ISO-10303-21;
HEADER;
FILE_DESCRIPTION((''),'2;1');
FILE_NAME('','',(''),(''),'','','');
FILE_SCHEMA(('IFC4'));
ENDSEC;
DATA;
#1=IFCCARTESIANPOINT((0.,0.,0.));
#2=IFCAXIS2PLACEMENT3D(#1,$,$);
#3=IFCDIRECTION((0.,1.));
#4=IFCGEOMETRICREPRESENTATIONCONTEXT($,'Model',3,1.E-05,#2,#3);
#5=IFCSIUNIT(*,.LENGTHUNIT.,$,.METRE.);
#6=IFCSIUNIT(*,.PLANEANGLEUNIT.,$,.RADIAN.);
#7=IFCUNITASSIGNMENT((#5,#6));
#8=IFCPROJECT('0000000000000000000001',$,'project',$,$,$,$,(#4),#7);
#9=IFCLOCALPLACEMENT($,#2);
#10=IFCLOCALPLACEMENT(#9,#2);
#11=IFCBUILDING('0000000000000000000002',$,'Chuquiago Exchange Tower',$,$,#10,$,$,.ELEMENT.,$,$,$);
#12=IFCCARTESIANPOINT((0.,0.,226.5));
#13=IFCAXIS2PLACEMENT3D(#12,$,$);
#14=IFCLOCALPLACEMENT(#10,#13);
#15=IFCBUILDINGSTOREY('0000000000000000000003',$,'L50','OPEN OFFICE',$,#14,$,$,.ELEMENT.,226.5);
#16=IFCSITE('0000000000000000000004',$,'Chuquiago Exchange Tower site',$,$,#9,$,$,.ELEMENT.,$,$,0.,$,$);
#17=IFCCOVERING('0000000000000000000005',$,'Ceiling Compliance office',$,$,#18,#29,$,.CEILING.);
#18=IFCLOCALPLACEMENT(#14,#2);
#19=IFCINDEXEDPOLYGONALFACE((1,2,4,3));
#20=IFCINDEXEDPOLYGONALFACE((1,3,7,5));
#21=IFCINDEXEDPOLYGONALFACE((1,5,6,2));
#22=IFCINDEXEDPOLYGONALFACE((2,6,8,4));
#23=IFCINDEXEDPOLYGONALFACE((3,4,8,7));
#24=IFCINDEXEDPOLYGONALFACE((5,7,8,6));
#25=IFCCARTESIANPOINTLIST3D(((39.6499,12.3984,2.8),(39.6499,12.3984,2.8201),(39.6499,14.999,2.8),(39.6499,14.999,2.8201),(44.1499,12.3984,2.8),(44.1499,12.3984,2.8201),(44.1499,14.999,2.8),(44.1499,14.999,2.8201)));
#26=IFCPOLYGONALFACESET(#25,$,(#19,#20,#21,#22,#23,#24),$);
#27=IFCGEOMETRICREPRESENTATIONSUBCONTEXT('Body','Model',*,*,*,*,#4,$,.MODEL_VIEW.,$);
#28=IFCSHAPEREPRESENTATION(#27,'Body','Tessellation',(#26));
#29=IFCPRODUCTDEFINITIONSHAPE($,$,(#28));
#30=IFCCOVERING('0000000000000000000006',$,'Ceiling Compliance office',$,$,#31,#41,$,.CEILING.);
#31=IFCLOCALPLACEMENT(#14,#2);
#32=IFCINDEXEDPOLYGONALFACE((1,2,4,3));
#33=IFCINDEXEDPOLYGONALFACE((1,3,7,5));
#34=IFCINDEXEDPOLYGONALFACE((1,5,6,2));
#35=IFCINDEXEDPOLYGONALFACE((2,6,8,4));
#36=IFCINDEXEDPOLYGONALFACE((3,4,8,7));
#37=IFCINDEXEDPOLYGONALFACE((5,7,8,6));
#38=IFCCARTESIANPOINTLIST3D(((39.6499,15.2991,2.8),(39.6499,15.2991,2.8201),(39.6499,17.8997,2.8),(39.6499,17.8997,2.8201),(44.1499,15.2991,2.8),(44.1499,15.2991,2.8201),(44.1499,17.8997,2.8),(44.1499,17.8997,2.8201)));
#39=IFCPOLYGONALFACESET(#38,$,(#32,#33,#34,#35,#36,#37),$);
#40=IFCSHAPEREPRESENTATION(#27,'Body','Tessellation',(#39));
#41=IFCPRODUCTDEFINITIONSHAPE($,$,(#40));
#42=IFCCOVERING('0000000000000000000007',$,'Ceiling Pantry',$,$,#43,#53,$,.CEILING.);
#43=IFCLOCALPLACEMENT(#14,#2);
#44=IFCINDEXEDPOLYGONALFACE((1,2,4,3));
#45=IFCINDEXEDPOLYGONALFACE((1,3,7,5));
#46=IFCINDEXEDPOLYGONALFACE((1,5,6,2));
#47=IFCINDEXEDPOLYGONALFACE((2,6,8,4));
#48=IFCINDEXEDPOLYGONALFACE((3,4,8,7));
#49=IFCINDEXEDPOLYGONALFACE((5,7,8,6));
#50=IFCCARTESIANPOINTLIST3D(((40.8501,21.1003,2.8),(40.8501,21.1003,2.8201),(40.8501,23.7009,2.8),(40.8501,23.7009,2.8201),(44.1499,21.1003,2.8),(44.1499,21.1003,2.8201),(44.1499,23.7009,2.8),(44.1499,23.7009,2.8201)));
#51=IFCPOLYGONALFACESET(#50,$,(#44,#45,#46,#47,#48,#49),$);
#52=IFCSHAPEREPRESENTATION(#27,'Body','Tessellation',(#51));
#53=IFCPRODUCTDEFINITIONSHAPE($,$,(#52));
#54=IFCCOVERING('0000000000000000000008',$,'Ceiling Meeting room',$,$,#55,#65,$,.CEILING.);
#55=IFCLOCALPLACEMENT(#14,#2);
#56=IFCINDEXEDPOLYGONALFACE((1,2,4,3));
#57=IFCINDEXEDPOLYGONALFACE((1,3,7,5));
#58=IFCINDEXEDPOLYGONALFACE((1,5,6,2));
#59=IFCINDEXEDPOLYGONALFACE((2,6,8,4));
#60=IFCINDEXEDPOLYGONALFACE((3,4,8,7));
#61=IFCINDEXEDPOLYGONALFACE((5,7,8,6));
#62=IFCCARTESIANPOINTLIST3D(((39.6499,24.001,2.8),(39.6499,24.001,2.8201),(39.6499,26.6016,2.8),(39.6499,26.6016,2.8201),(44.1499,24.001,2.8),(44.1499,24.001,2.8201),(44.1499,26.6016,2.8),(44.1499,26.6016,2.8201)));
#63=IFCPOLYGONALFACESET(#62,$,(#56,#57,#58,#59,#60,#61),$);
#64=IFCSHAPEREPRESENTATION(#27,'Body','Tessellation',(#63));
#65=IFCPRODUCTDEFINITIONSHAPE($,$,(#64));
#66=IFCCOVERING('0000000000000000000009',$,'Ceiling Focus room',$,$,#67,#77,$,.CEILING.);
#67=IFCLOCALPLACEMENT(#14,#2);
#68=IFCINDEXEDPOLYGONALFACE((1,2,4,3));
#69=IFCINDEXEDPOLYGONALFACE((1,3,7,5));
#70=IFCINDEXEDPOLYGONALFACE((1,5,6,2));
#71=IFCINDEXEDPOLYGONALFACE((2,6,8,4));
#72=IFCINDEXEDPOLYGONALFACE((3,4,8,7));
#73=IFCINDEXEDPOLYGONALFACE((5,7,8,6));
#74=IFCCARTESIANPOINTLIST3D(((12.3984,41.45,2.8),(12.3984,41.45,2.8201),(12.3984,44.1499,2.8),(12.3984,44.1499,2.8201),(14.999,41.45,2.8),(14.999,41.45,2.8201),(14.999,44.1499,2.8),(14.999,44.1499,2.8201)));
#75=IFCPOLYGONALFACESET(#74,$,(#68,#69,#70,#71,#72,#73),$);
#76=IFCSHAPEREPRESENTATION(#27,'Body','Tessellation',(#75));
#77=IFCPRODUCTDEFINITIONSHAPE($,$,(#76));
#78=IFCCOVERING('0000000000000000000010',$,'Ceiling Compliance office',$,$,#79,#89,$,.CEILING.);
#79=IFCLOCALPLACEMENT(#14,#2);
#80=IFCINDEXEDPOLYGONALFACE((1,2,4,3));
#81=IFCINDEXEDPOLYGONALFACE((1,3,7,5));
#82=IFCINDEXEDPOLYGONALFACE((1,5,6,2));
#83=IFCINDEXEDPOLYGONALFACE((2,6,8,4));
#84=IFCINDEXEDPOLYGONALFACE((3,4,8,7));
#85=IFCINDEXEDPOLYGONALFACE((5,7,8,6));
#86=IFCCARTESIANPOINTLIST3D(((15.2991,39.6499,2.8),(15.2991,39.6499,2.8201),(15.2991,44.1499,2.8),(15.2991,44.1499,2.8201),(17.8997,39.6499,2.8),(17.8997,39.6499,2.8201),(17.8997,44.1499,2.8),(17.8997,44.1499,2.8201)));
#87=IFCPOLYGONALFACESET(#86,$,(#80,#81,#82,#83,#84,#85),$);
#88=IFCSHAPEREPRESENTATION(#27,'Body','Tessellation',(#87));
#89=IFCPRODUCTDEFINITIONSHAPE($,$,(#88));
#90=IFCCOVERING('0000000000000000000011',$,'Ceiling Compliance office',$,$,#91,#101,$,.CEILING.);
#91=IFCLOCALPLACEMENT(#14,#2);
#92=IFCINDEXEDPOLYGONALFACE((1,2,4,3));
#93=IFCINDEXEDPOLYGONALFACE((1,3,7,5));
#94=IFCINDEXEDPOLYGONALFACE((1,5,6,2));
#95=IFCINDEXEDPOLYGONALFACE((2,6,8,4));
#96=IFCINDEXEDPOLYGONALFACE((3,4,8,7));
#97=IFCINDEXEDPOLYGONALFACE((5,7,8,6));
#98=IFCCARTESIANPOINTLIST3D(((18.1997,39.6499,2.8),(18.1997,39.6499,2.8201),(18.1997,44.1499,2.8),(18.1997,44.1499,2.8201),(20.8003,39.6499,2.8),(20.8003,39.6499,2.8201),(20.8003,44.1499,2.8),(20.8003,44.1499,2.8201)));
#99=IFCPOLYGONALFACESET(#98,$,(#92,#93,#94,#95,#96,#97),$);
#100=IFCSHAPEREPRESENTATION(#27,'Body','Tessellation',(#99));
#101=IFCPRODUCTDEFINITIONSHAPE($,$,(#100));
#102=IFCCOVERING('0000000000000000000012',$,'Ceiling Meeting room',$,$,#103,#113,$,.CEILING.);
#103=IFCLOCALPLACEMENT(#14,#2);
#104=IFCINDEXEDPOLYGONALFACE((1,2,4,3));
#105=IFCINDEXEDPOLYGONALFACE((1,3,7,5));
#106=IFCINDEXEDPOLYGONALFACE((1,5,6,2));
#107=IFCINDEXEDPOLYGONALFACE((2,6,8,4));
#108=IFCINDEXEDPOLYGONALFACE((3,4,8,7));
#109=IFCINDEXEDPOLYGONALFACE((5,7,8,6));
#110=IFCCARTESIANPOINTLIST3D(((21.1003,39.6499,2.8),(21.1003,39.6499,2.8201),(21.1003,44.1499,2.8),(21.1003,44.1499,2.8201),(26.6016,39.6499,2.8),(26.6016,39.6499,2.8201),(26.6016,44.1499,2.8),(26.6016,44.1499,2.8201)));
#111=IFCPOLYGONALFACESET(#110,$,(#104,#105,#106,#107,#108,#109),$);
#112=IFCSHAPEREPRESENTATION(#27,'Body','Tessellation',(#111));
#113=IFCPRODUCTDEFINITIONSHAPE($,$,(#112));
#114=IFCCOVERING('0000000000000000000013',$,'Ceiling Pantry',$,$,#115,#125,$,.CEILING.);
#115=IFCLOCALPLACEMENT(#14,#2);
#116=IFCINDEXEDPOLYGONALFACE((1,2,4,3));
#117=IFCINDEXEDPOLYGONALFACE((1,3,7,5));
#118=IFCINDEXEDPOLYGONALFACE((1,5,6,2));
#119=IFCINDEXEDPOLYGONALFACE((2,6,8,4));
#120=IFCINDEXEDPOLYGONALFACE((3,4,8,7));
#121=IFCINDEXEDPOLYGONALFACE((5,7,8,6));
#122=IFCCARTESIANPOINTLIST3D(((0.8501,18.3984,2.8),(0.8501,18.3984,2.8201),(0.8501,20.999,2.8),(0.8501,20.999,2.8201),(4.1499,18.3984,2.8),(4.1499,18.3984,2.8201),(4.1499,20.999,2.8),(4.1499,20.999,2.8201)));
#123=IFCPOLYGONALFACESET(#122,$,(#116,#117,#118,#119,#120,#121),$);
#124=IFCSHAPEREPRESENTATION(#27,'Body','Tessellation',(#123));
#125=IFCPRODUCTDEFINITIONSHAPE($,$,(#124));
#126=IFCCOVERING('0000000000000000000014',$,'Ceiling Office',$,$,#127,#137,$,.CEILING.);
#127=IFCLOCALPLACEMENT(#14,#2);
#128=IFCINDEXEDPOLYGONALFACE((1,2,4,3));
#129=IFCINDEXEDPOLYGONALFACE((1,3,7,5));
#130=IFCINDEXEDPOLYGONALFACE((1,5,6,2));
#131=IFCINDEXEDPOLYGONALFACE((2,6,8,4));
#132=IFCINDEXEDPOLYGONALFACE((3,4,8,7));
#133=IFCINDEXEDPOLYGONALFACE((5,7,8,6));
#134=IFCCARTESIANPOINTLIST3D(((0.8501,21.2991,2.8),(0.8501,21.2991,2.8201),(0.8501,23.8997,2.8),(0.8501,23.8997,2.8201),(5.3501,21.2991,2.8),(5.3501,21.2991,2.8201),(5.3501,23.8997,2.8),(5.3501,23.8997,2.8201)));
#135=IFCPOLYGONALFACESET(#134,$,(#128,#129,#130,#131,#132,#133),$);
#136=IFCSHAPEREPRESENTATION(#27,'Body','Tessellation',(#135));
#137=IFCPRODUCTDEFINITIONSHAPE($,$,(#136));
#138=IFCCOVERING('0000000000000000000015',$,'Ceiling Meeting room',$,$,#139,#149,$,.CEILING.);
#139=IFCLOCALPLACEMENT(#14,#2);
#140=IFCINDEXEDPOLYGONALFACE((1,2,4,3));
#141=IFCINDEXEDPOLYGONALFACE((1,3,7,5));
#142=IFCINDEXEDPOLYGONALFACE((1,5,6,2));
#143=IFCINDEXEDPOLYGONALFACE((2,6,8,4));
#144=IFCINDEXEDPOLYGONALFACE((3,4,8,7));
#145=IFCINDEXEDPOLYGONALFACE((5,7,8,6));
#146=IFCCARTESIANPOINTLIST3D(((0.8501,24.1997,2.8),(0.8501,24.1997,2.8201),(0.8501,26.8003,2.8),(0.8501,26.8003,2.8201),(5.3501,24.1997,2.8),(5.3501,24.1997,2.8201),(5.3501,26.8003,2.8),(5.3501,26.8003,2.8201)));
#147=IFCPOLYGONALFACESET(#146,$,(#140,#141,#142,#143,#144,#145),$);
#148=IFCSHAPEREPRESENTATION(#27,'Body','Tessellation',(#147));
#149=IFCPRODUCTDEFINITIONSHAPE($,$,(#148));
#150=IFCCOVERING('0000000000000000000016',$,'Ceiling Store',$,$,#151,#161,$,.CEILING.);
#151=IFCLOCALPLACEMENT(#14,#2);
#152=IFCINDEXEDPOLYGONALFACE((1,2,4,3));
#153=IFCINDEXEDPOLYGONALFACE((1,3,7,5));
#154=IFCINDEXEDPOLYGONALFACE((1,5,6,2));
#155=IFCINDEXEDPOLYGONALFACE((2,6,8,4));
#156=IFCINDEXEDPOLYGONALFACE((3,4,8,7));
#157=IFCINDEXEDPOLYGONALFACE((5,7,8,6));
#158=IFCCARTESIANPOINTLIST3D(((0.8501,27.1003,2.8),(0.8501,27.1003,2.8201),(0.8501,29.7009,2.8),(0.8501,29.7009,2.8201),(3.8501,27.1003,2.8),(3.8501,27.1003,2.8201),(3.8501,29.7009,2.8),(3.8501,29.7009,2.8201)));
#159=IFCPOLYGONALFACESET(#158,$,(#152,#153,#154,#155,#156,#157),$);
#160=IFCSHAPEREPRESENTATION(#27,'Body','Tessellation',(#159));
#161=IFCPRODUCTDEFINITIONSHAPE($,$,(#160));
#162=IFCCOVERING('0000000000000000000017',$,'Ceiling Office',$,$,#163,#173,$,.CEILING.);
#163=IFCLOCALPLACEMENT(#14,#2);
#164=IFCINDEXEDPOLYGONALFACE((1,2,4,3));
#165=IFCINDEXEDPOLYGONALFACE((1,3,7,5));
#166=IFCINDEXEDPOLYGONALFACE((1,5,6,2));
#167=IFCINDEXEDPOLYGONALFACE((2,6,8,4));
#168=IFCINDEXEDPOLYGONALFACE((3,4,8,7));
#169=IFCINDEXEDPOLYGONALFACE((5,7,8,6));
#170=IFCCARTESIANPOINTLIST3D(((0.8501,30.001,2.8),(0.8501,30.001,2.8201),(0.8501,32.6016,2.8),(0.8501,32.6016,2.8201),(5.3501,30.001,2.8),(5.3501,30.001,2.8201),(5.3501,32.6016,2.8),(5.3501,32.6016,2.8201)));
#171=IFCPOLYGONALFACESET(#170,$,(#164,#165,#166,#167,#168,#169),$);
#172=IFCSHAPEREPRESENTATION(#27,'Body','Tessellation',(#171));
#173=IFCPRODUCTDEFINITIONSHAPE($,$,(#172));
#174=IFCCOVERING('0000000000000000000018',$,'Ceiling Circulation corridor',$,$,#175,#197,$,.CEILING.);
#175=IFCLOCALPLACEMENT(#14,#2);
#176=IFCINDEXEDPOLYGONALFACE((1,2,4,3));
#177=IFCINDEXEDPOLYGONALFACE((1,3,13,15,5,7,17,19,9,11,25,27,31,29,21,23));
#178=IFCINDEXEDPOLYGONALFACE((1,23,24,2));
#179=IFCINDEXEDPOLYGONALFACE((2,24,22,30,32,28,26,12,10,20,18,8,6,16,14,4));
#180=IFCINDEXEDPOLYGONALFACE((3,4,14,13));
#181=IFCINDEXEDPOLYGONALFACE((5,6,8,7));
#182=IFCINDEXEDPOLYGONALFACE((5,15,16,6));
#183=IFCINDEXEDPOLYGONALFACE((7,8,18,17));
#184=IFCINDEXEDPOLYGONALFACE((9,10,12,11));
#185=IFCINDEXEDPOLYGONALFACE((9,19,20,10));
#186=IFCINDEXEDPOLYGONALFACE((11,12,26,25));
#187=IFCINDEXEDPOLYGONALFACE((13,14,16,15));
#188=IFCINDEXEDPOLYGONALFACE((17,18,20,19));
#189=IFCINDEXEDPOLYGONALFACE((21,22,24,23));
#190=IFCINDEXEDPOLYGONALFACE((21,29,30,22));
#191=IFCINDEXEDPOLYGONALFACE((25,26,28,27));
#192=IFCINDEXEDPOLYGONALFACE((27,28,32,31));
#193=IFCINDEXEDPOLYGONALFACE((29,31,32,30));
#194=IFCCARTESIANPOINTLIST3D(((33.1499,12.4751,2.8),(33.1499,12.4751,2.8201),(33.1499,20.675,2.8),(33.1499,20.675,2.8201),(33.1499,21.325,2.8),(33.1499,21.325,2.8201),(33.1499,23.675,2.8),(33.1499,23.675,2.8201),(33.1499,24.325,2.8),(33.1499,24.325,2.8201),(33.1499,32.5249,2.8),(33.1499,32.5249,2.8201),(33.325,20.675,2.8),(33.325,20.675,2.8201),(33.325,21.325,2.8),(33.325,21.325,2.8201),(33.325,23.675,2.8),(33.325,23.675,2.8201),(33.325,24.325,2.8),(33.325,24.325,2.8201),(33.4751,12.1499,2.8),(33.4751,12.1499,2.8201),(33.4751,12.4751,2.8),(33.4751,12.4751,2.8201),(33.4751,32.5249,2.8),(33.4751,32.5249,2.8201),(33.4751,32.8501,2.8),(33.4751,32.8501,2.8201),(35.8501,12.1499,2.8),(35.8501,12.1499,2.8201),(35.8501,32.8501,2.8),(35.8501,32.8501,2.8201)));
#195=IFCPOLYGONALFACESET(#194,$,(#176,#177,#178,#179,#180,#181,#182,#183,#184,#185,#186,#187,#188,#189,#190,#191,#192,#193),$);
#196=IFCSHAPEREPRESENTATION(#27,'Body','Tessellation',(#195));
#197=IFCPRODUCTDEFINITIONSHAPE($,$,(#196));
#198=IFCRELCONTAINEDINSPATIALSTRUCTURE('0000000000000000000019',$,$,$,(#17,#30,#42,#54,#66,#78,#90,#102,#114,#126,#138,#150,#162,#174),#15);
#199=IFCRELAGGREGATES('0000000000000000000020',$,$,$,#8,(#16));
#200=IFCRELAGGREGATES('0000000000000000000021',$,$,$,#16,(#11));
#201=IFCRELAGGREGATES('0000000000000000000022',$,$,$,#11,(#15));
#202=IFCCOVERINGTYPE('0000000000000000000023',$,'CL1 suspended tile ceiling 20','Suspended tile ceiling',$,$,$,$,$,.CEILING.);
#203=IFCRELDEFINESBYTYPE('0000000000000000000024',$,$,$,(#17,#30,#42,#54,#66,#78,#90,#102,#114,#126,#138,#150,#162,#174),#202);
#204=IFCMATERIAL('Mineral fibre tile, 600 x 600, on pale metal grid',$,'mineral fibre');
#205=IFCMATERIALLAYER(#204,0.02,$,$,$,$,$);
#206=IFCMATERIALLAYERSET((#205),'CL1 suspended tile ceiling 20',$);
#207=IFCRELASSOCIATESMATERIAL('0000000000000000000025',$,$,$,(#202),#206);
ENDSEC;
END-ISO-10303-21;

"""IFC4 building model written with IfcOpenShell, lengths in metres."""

from ifc_helpers import new_model, si_unit, direction, frame, origin, place, context, subcontext, project, spatial, polyline, outline, extrude, material, layer, layer_set, type_object, element, save


model = new_model("IFC4")

# Units and contexts
model_context = context("Model", 3, precision=1e-05, world=origin(), true_north=direction((0.0, 1.0)))
body_context = subcontext(model_context, "Body", "Model", "MODEL_VIEW")
ifc_project = project(units=[si_unit("LENGTHUNIT", "METRE"), si_unit("PLANEANGLEUNIT", "RADIAN")], contexts=[model_context])

# Site, building, storey
site_placement = place(None, origin())
site = spatial("IfcSite", under=ifc_project, at=site_placement, Name="Chuquiago Exchange Tower site", CompositionType="ELEMENT", RefElevation=0.0)
building_placement = place(site_placement, origin())
building = spatial("IfcBuilding", under=site, at=building_placement, Name="Chuquiago Exchange Tower", CompositionType="ELEMENT")
storey_placement = place(building_placement, frame((0.0, 0.0, 226.5)))
storey = spatial("IfcBuildingStorey", under=building, at=storey_placement, Name="L50", Description="OPEN OFFICE", CompositionType="ELEMENT", Elevation=226.5)

# Coverings
ifc_material_1 = material(Name="Mineral fibre tile, 600 x 600, on pale metal grid", Category="mineral fibre")
ifc_layer_1 = layer(ifc_material_1, 0.02)
ifc_layer_set_1 = layer_set([ifc_layer_1], Name="CL1 suspended tile ceiling 20")
covering_type_1 = type_object("IfcCoveringType", Name="CL1 suspended tile ceiling 20", Description="Suspended tile ceiling", PredefinedType="CEILING", material=ifc_layer_set_1)
covering_1_placement = place(storey_placement, frame((0.0, 0.0, 2.8)))
element("IfcCovering", 1, at=covering_1_placement, inside=storey, type_object=covering_type_1, Name="Ceiling Compliance office", PredefinedType="CEILING", context=body_context, shape_type="SweptSolid", body=[
    extrude(outline(polyline([(39.6499, 12.3984), (39.6499, 14.999), (44.1499, 14.999), (44.1499, 12.3984), (39.6499, 12.3984)])), origin(), (0.0, 0.0, 1.0), 0.02),
])
covering_2_placement = place(storey_placement, frame((0.0, 0.0, 2.8)))
element("IfcCovering", 2, at=covering_2_placement, inside=storey, type_object=covering_type_1, Name="Ceiling Compliance office", PredefinedType="CEILING", context=body_context, shape_type="SweptSolid", body=[
    extrude(outline(polyline([(39.6499, 15.2991), (39.6499, 17.8997), (44.1499, 17.8997), (44.1499, 15.2991), (39.6499, 15.2991)])), origin(), (0.0, 0.0, 1.0), 0.02),
])
covering_3_placement = place(storey_placement, frame((0.0, 0.0, 2.8)))
element("IfcCovering", 3, at=covering_3_placement, inside=storey, type_object=covering_type_1, Name="Ceiling Pantry", PredefinedType="CEILING", context=body_context, shape_type="SweptSolid", body=[
    extrude(outline(polyline([(40.8501, 21.1003), (40.8501, 23.7009), (44.1499, 23.7009), (44.1499, 21.1003), (40.8501, 21.1003)])), origin(), (0.0, 0.0, 1.0), 0.02),
])
covering_4_placement = place(storey_placement, frame((0.0, 0.0, 2.8)))
element("IfcCovering", 4, at=covering_4_placement, inside=storey, type_object=covering_type_1, Name="Ceiling Meeting room", PredefinedType="CEILING", context=body_context, shape_type="SweptSolid", body=[
    extrude(outline(polyline([(44.1499, 24.001), (39.6499, 24.001), (39.6499, 26.6016), (44.1499, 26.6016), (44.1499, 24.001)])), origin(), (0.0, 0.0, 1.0), 0.02),
])
covering_5_placement = place(storey_placement, frame((0.0, 0.0, 2.8)))
element("IfcCovering", 5, at=covering_5_placement, inside=storey, type_object=covering_type_1, Name="Ceiling Focus room", PredefinedType="CEILING", context=body_context, shape_type="SweptSolid", body=[
    extrude(outline(polyline([(14.999, 44.1499), (14.999, 41.45), (12.3984, 41.45), (12.3984, 44.1499), (14.999, 44.1499)])), origin(), (0.0, 0.0, 1.0), 0.02),
])
covering_6_placement = place(storey_placement, frame((0.0, 0.0, 2.8)))
element("IfcCovering", 6, at=covering_6_placement, inside=storey, type_object=covering_type_1, Name="Ceiling Compliance office", PredefinedType="CEILING", context=body_context, shape_type="SweptSolid", body=[
    extrude(outline(polyline([(17.8997, 39.6499), (15.2991, 39.6499), (15.2991, 44.1499), (17.8997, 44.1499), (17.8997, 39.6499)])), origin(), (0.0, 0.0, 1.0), 0.02),
])
covering_7_placement = place(storey_placement, frame((0.0, 0.0, 2.8)))
element("IfcCovering", 7, at=covering_7_placement, inside=storey, type_object=covering_type_1, Name="Ceiling Compliance office", PredefinedType="CEILING", context=body_context, shape_type="SweptSolid", body=[
    extrude(outline(polyline([(20.8003, 39.6499), (18.1997, 39.6499), (18.1997, 44.1499), (20.8003, 44.1499), (20.8003, 39.6499)])), origin(), (0.0, 0.0, 1.0), 0.02),
])
covering_8_placement = place(storey_placement, frame((0.0, 0.0, 2.8)))
element("IfcCovering", 8, at=covering_8_placement, inside=storey, type_object=covering_type_1, Name="Ceiling Meeting room", PredefinedType="CEILING", context=body_context, shape_type="SweptSolid", body=[
    extrude(outline(polyline([(26.6016, 39.6499), (21.1003, 39.6499), (21.1003, 44.1499), (26.6016, 44.1499), (26.6016, 39.6499)])), origin(), (0.0, 0.0, 1.0), 0.02),
])
covering_9_placement = place(storey_placement, frame((0.0, 0.0, 2.8)))
element("IfcCovering", 9, at=covering_9_placement, inside=storey, type_object=covering_type_1, Name="Ceiling Pantry", PredefinedType="CEILING", context=body_context, shape_type="SweptSolid", body=[
    extrude(outline(polyline([(0.8501, 20.999), (4.1499, 20.999), (4.1499, 18.3984), (0.8501, 18.3984), (0.8501, 20.999)])), origin(), (0.0, 0.0, 1.0), 0.02),
])
covering_10_placement = place(storey_placement, frame((0.0, 0.0, 2.8)))
element("IfcCovering", 10, at=covering_10_placement, inside=storey, type_object=covering_type_1, Name="Ceiling Office", PredefinedType="CEILING", context=body_context, shape_type="SweptSolid", body=[
    extrude(outline(polyline([(5.3501, 23.8997), (5.3501, 21.2991), (0.8501, 21.2991), (0.8501, 23.8997), (5.3501, 23.8997)])), origin(), (0.0, 0.0, 1.0), 0.02),
])
covering_11_placement = place(storey_placement, frame((0.0, 0.0, 2.8)))
element("IfcCovering", 11, at=covering_11_placement, inside=storey, type_object=covering_type_1, Name="Ceiling Meeting room", PredefinedType="CEILING", context=body_context, shape_type="SweptSolid", body=[
    extrude(outline(polyline([(5.3501, 26.8003), (5.3501, 24.1997), (0.8501, 24.1997), (0.8501, 26.8003), (5.3501, 26.8003)])), origin(), (0.0, 0.0, 1.0), 0.02),
])
covering_12_placement = place(storey_placement, frame((0.0, 0.0, 2.8)))
element("IfcCovering", 12, at=covering_12_placement, inside=storey, type_object=covering_type_1, Name="Ceiling Store", PredefinedType="CEILING", context=body_context, shape_type="SweptSolid", body=[
    extrude(outline(polyline([(3.8501, 29.7009), (3.8501, 27.1003), (0.8501, 27.1003), (0.8501, 29.7009), (3.8501, 29.7009)])), origin(), (0.0, 0.0, 1.0), 0.02),
])
covering_13_placement = place(storey_placement, frame((0.0, 0.0, 2.8)))
element("IfcCovering", 13, at=covering_13_placement, inside=storey, type_object=covering_type_1, Name="Ceiling Office", PredefinedType="CEILING", context=body_context, shape_type="SweptSolid", body=[
    extrude(outline(polyline([(5.3501, 32.6016), (5.3501, 30.001), (0.8501, 30.001), (0.8501, 32.6016), (5.3501, 32.6016)])), origin(), (0.0, 0.0, 1.0), 0.02),
])
covering_14_placement = place(storey_placement, frame((0.0, 0.0, 2.8)))
element("IfcCovering", 14, at=covering_14_placement, inside=storey, type_object=covering_type_1, Name="Ceiling Circulation corridor", PredefinedType="CEILING", context=body_context, shape_type="SweptSolid", body=[
    extrude(outline(polyline([(35.8501, 32.8501), (35.8501, 12.1499), (33.4751, 12.1499), (33.4751, 12.4751), (33.1499, 12.4751), (33.1499, 20.675), (33.325, 20.675), (33.325, 21.325), (33.1499, 21.325), (33.1499, 23.675), (33.325, 23.675), (33.325, 24.325), (33.1499, 24.325), (33.1499, 32.5249), (33.4751, 32.5249), (33.4751, 32.8501), (35.8501, 32.8501)])), origin(), (0.0, 0.0, 1.0), 0.02),
])

save(model, "model.ifc")
